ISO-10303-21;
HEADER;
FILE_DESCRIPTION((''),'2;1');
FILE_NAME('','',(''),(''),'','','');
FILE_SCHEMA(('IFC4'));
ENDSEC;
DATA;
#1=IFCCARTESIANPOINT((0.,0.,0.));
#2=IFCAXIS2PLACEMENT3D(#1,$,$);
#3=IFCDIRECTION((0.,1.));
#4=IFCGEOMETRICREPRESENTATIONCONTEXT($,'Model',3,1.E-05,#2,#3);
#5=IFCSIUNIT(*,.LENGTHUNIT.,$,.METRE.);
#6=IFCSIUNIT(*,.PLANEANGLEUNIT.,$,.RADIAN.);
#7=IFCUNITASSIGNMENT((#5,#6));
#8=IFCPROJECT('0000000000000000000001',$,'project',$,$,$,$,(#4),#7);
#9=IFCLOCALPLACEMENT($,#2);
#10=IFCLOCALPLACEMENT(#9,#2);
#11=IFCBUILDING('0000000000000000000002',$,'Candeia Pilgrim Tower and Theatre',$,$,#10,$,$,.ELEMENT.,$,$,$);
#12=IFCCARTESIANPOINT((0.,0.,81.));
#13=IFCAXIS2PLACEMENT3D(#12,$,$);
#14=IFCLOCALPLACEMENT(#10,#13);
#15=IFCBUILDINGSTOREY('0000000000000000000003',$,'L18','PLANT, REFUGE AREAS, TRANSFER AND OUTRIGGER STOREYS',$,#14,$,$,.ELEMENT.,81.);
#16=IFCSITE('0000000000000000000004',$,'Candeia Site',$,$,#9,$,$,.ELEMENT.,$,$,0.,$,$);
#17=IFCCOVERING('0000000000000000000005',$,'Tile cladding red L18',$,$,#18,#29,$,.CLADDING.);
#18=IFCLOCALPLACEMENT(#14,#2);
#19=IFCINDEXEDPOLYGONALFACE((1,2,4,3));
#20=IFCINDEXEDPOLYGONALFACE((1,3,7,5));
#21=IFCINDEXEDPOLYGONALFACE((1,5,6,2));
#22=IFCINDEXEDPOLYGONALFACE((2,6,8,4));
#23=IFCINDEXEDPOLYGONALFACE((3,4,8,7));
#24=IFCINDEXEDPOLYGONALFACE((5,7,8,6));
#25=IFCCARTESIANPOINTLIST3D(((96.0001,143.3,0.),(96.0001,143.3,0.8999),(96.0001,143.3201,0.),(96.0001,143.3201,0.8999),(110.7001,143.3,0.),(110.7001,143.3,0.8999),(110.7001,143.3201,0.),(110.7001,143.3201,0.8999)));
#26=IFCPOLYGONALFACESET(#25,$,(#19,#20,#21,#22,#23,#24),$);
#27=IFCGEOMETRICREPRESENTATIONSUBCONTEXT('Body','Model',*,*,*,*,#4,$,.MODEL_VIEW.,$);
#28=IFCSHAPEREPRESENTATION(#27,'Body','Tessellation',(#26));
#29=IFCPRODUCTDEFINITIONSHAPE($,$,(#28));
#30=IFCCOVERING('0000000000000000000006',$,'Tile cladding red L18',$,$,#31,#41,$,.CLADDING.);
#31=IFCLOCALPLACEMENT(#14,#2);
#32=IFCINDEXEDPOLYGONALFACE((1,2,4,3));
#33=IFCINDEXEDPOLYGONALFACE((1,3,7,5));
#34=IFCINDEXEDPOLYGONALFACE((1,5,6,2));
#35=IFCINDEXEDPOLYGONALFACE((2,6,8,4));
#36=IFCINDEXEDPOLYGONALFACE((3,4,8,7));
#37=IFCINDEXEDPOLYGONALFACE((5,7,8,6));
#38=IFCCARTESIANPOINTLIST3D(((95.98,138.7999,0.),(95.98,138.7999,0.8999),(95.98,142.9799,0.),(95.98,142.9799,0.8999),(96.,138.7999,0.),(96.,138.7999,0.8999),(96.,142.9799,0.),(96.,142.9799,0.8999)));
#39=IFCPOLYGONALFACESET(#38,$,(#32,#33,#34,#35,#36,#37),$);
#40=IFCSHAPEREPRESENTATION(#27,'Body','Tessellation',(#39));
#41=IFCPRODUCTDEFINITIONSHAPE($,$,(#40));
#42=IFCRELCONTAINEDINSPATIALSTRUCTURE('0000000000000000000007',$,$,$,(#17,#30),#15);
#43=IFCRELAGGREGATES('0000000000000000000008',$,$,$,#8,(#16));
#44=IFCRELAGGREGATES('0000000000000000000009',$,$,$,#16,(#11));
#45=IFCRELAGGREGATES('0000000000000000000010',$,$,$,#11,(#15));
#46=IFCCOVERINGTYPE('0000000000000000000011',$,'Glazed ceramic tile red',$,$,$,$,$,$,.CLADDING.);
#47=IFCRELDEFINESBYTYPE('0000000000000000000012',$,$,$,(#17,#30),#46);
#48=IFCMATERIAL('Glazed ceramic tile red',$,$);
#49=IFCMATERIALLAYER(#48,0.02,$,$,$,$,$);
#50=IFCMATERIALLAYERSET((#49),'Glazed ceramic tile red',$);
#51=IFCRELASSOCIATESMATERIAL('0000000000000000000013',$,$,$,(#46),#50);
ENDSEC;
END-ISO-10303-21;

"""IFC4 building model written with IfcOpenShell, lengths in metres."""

from ifc_helpers import new_model, si_unit, direction, frame, origin, origin_2d, place, context, subcontext, project, spatial, rectangle, extrude, material, layer, layer_set, type_object, element, save


model = new_model("IFC4")

# Units and contexts
model_context = context("Model", 3, precision=1e-05, world=origin(), true_north=direction((0.0, 1.0)))
body_context = subcontext(model_context, "Body", "Model", "MODEL_VIEW")
ifc_project = project(units=[si_unit("LENGTHUNIT", "METRE"), si_unit("PLANEANGLEUNIT", "RADIAN")], contexts=[model_context])

# Site, building, storey
site_placement = place(None, origin())
site = spatial("IfcSite", under=ifc_project, at=site_placement, Name="Candeia Site", CompositionType="ELEMENT", RefElevation=0.0)
building_placement = place(site_placement, origin())
building = spatial("IfcBuilding", under=site, at=building_placement, Name="Candeia Pilgrim Tower and Theatre", CompositionType="ELEMENT")
storey_placement = place(building_placement, frame((0.0, 0.0, 81.0)))
storey = spatial("IfcBuildingStorey", under=building, at=storey_placement, Name="L18", Description="PLANT, REFUGE AREAS, TRANSFER AND OUTRIGGER STOREYS", CompositionType="ELEMENT", Elevation=81.0)

# Coverings
ifc_material_1 = material(Name="Glazed ceramic tile red")
ifc_layer_1 = layer(ifc_material_1, 0.02)
ifc_layer_set_1 = layer_set([ifc_layer_1], Name="Glazed ceramic tile red")
covering_type = type_object("IfcCoveringType", Name="Glazed ceramic tile red", PredefinedType="CLADDING", material=ifc_layer_set_1)
covering_1_placement = place(storey_placement, frame((103.3501, 143.3101, 0.0), z_axis=(0.0, 0.0, 1.0), x_axis=(-1.0, 0.0, 0.0)))
element("IfcCovering", 1, at=covering_1_placement, inside=storey, type_object=covering_type, Name="Tile cladding red L18", PredefinedType="CLADDING", context=body_context, shape_type="SweptSolid", body=[
    extrude(rectangle(XDim=14.7, YDim=0.02, at=origin_2d()), origin(), (0.0, 0.0, 1.0), 0.8999),
])
covering_2_placement = place(storey_placement, frame((95.99, 140.8899, 0.0), z_axis=(0.0, 0.0, 1.0), x_axis=(0.0, -1.0, 0.0)))
element("IfcCovering", 2, at=covering_2_placement, inside=storey, type_object=covering_type, Name="Tile cladding red L18", PredefinedType="CLADDING", context=body_context, shape_type="SweptSolid", body=[
    extrude(rectangle(XDim=4.1799, YDim=0.02, at=origin_2d()), origin(), (0.0, 0.0, 1.0), 0.8999),
])

save(model, "model.ifc")
